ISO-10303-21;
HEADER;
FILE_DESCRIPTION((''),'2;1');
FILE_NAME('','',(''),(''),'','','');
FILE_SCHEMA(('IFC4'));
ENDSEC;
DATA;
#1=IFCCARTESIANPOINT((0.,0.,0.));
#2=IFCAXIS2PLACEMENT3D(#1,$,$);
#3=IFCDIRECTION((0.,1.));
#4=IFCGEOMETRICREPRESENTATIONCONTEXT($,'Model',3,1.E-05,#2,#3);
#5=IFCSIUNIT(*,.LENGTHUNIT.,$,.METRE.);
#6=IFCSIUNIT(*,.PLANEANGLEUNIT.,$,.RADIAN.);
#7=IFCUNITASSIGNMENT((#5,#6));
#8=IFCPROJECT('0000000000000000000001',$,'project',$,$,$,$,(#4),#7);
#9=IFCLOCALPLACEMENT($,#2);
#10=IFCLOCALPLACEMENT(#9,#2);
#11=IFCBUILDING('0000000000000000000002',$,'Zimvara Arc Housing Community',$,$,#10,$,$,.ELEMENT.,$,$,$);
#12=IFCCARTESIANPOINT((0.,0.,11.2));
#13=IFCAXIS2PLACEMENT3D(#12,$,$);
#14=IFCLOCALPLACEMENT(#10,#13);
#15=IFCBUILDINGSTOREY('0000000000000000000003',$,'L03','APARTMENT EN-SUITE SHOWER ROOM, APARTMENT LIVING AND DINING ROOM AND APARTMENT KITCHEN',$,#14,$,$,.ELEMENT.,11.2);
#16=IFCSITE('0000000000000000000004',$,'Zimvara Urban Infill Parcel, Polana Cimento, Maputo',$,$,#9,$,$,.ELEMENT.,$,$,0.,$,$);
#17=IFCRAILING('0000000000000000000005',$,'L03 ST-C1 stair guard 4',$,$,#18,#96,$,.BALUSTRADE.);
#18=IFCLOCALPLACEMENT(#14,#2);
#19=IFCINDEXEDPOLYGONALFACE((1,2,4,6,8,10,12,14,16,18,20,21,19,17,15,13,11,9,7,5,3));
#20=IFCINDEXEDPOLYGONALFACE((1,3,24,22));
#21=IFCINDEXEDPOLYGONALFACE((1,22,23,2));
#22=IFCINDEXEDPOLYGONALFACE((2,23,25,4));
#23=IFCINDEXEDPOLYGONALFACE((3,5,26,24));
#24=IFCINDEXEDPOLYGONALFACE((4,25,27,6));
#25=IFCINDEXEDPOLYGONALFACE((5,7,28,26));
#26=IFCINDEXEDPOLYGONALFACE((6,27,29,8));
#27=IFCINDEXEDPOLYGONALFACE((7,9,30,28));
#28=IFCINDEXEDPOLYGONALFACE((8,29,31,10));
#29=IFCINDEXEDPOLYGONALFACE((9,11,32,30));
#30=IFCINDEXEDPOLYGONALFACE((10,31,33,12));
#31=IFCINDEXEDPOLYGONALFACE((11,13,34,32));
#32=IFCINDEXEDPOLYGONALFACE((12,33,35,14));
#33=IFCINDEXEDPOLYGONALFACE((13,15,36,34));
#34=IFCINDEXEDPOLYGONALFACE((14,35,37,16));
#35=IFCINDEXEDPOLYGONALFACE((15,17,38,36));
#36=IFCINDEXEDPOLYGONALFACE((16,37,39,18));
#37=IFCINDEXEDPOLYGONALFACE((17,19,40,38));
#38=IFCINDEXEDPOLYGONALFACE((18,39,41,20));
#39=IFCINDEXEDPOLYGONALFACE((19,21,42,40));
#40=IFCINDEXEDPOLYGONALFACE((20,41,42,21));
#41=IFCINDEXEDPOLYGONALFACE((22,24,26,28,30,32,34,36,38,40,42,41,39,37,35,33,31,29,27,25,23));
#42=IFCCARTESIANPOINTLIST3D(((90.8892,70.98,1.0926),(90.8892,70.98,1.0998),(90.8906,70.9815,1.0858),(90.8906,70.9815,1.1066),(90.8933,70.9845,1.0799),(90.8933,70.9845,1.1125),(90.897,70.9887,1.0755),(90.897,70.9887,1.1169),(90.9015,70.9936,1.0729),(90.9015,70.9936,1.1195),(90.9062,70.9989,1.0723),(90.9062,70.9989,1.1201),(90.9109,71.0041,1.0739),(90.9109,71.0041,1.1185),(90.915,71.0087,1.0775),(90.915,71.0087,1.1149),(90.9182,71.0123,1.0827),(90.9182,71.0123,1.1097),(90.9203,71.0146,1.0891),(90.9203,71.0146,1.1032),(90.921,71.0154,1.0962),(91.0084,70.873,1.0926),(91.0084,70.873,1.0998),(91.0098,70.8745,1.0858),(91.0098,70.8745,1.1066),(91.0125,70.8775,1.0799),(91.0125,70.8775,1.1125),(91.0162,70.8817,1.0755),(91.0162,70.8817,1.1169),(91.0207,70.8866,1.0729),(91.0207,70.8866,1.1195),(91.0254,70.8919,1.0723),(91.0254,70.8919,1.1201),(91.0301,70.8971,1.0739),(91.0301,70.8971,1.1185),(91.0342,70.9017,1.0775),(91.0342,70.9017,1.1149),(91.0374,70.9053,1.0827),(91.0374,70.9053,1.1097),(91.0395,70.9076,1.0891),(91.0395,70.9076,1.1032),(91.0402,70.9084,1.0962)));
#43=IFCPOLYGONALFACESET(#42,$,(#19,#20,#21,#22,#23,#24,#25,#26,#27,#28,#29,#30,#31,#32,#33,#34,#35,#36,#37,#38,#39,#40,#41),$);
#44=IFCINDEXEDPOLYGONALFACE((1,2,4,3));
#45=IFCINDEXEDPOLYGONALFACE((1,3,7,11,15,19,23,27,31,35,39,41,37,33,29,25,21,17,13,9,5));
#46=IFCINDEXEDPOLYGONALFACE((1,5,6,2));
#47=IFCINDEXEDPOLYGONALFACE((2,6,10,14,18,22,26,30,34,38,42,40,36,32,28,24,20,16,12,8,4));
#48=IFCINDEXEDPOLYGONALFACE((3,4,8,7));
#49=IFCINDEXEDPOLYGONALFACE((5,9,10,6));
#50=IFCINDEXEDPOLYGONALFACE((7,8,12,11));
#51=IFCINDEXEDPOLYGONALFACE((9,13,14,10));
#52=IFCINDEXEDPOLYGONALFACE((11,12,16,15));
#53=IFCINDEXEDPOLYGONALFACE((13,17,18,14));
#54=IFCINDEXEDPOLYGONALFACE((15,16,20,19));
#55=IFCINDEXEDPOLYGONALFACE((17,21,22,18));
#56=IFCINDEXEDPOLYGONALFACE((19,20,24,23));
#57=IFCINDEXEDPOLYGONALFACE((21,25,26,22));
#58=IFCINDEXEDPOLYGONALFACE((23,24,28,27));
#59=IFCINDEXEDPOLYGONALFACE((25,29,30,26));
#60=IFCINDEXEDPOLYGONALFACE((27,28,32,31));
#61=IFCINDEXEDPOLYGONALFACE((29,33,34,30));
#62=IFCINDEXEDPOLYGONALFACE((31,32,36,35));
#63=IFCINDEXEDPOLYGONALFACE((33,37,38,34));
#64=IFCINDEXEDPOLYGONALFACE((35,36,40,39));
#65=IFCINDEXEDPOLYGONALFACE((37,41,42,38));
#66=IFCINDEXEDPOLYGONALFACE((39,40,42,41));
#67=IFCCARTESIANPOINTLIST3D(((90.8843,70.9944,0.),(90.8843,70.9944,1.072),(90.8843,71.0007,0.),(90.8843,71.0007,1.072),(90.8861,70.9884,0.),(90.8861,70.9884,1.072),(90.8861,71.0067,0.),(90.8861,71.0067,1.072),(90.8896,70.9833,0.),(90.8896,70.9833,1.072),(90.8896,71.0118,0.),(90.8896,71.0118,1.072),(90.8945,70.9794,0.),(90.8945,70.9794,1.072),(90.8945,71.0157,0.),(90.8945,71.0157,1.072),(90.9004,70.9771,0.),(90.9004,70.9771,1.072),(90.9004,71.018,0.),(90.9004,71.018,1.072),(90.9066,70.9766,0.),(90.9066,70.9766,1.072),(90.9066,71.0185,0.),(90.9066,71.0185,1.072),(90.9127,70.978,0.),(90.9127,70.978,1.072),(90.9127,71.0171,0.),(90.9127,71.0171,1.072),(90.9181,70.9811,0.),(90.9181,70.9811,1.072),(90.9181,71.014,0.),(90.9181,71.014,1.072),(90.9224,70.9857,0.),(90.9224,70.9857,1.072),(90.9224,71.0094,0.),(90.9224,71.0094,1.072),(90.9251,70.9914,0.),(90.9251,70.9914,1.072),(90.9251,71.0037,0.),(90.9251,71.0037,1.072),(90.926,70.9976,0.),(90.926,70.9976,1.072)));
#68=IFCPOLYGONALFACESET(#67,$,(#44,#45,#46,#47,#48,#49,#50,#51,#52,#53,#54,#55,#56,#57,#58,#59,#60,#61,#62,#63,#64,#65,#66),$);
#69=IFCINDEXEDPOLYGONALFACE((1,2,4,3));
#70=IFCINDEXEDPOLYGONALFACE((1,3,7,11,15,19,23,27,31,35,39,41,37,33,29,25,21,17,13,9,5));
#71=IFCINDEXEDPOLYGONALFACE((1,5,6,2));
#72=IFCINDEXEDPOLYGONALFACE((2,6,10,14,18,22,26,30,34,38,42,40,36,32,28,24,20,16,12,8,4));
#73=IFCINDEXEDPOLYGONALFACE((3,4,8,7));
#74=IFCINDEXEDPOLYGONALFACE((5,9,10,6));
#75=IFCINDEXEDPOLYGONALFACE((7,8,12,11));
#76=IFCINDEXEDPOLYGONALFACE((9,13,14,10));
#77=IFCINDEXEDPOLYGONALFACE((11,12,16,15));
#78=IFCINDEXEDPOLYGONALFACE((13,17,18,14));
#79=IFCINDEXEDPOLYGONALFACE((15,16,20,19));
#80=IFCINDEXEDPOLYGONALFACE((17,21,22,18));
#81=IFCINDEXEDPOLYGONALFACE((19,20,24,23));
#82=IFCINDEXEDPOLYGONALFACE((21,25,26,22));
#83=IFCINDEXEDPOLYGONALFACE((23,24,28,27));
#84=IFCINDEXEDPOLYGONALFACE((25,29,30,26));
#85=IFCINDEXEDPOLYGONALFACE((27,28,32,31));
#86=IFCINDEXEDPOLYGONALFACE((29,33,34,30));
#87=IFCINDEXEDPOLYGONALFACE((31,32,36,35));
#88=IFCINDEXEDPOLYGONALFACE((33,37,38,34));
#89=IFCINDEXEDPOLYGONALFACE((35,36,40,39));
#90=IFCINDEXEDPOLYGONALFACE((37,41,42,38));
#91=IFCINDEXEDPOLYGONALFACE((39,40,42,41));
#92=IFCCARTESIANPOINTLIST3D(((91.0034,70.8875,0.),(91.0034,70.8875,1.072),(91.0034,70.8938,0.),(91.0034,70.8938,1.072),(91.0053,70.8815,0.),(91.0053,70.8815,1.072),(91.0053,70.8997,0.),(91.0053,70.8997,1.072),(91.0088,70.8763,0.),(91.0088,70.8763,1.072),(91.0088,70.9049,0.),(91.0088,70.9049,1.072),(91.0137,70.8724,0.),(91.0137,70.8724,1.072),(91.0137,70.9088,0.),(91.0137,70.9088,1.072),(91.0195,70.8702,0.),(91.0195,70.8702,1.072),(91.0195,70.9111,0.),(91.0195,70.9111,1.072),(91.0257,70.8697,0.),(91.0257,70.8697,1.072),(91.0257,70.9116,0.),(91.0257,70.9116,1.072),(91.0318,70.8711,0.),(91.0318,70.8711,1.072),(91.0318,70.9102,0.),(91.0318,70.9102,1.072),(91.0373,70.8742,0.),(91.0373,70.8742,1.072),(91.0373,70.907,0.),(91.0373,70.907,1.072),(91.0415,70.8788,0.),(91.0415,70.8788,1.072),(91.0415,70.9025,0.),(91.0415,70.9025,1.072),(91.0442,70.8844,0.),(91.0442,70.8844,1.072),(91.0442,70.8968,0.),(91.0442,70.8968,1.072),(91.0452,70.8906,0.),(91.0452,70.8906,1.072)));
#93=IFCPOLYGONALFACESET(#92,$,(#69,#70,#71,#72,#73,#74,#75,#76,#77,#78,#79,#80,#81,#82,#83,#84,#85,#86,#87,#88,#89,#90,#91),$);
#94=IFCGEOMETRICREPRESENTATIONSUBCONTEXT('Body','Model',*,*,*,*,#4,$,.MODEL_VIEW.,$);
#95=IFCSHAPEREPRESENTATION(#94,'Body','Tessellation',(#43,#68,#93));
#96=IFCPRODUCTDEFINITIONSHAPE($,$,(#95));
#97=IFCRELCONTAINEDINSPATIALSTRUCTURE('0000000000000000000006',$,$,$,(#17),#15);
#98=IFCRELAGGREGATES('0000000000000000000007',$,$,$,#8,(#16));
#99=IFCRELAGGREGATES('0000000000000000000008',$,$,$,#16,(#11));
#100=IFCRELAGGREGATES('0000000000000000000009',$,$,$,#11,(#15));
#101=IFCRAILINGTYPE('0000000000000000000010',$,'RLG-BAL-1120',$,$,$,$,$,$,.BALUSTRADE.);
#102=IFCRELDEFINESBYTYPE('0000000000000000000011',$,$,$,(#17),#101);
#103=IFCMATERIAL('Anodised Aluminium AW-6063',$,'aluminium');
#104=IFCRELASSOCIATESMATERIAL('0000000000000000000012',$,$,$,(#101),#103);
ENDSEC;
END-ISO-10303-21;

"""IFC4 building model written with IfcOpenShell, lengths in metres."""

from ifc_helpers import new_model, si_unit, direction, frame, origin, origin_2d, place, context, subcontext, project, spatial, circle, extrude, material, type_object, element, save


model = new_model("IFC4")

# Units and contexts
model_context = context("Model", 3, precision=1e-05, world=origin(), true_north=direction((0.0, 1.0)))
body_context = subcontext(model_context, "Body", "Model", "MODEL_VIEW")
ifc_project = project(units=[si_unit("LENGTHUNIT", "METRE"), si_unit("PLANEANGLEUNIT", "RADIAN")], contexts=[model_context])

# Site, building, storey
site_placement = place(None, origin())
site = spatial("IfcSite", under=ifc_project, at=site_placement, Name="Zimvara Urban Infill Parcel, Polana Cimento, Maputo", CompositionType="ELEMENT", RefElevation=0.0)
building_placement = place(site_placement, origin())
building = spatial("IfcBuilding", under=site, at=building_placement, Name="Zimvara Arc Housing Community", CompositionType="ELEMENT")
storey_placement = place(building_placement, frame((0.0, 0.0, 11.2)))
storey = spatial("IfcBuildingStorey", under=building, at=storey_placement, Name="L03", Description="APARTMENT EN-SUITE SHOWER ROOM, APARTMENT LIVING AND DINING ROOM AND APARTMENT KITCHEN", CompositionType="ELEMENT", Elevation=11.2)

# Railing
ifc_material_1 = material(Name="Anodised Aluminium AW-6063", Category="aluminium")
railing_type_1 = type_object("IfcRailingType", Name="RLG-BAL-1120", PredefinedType="BALUSTRADE", material=ifc_material_1)
railing_1_placement = place(storey_placement, frame((90.905, 70.9976, 0.0)))
element("IfcRailing", 1, at=railing_1_placement, inside=storey, type_object=railing_type_1, Name="L03 ST-C1 stair guard 4", PredefinedType="BALUSTRADE", context=body_context, shape_type="SweptSolid", body=[
    extrude(circle(Radius=0.0239, at=origin_2d()), frame((0.0, 0.0, 1.0962), z_axis=(0.744203, -0.667953, 0.0), x_axis=(0.667953, 0.744203, 0.0)), (0.0, 0.0, 1.0), 0.1602),
    extrude(circle(Radius=0.021, at=origin_2d()), origin(), (0.0, 0.0, 1.0), 1.072),
    extrude(circle(Radius=0.021, at=origin_2d()), frame((0.1191, -0.1069, 0.0)), (0.0, 0.0, 1.0), 1.072),
])

save(model, "model.ifc")
